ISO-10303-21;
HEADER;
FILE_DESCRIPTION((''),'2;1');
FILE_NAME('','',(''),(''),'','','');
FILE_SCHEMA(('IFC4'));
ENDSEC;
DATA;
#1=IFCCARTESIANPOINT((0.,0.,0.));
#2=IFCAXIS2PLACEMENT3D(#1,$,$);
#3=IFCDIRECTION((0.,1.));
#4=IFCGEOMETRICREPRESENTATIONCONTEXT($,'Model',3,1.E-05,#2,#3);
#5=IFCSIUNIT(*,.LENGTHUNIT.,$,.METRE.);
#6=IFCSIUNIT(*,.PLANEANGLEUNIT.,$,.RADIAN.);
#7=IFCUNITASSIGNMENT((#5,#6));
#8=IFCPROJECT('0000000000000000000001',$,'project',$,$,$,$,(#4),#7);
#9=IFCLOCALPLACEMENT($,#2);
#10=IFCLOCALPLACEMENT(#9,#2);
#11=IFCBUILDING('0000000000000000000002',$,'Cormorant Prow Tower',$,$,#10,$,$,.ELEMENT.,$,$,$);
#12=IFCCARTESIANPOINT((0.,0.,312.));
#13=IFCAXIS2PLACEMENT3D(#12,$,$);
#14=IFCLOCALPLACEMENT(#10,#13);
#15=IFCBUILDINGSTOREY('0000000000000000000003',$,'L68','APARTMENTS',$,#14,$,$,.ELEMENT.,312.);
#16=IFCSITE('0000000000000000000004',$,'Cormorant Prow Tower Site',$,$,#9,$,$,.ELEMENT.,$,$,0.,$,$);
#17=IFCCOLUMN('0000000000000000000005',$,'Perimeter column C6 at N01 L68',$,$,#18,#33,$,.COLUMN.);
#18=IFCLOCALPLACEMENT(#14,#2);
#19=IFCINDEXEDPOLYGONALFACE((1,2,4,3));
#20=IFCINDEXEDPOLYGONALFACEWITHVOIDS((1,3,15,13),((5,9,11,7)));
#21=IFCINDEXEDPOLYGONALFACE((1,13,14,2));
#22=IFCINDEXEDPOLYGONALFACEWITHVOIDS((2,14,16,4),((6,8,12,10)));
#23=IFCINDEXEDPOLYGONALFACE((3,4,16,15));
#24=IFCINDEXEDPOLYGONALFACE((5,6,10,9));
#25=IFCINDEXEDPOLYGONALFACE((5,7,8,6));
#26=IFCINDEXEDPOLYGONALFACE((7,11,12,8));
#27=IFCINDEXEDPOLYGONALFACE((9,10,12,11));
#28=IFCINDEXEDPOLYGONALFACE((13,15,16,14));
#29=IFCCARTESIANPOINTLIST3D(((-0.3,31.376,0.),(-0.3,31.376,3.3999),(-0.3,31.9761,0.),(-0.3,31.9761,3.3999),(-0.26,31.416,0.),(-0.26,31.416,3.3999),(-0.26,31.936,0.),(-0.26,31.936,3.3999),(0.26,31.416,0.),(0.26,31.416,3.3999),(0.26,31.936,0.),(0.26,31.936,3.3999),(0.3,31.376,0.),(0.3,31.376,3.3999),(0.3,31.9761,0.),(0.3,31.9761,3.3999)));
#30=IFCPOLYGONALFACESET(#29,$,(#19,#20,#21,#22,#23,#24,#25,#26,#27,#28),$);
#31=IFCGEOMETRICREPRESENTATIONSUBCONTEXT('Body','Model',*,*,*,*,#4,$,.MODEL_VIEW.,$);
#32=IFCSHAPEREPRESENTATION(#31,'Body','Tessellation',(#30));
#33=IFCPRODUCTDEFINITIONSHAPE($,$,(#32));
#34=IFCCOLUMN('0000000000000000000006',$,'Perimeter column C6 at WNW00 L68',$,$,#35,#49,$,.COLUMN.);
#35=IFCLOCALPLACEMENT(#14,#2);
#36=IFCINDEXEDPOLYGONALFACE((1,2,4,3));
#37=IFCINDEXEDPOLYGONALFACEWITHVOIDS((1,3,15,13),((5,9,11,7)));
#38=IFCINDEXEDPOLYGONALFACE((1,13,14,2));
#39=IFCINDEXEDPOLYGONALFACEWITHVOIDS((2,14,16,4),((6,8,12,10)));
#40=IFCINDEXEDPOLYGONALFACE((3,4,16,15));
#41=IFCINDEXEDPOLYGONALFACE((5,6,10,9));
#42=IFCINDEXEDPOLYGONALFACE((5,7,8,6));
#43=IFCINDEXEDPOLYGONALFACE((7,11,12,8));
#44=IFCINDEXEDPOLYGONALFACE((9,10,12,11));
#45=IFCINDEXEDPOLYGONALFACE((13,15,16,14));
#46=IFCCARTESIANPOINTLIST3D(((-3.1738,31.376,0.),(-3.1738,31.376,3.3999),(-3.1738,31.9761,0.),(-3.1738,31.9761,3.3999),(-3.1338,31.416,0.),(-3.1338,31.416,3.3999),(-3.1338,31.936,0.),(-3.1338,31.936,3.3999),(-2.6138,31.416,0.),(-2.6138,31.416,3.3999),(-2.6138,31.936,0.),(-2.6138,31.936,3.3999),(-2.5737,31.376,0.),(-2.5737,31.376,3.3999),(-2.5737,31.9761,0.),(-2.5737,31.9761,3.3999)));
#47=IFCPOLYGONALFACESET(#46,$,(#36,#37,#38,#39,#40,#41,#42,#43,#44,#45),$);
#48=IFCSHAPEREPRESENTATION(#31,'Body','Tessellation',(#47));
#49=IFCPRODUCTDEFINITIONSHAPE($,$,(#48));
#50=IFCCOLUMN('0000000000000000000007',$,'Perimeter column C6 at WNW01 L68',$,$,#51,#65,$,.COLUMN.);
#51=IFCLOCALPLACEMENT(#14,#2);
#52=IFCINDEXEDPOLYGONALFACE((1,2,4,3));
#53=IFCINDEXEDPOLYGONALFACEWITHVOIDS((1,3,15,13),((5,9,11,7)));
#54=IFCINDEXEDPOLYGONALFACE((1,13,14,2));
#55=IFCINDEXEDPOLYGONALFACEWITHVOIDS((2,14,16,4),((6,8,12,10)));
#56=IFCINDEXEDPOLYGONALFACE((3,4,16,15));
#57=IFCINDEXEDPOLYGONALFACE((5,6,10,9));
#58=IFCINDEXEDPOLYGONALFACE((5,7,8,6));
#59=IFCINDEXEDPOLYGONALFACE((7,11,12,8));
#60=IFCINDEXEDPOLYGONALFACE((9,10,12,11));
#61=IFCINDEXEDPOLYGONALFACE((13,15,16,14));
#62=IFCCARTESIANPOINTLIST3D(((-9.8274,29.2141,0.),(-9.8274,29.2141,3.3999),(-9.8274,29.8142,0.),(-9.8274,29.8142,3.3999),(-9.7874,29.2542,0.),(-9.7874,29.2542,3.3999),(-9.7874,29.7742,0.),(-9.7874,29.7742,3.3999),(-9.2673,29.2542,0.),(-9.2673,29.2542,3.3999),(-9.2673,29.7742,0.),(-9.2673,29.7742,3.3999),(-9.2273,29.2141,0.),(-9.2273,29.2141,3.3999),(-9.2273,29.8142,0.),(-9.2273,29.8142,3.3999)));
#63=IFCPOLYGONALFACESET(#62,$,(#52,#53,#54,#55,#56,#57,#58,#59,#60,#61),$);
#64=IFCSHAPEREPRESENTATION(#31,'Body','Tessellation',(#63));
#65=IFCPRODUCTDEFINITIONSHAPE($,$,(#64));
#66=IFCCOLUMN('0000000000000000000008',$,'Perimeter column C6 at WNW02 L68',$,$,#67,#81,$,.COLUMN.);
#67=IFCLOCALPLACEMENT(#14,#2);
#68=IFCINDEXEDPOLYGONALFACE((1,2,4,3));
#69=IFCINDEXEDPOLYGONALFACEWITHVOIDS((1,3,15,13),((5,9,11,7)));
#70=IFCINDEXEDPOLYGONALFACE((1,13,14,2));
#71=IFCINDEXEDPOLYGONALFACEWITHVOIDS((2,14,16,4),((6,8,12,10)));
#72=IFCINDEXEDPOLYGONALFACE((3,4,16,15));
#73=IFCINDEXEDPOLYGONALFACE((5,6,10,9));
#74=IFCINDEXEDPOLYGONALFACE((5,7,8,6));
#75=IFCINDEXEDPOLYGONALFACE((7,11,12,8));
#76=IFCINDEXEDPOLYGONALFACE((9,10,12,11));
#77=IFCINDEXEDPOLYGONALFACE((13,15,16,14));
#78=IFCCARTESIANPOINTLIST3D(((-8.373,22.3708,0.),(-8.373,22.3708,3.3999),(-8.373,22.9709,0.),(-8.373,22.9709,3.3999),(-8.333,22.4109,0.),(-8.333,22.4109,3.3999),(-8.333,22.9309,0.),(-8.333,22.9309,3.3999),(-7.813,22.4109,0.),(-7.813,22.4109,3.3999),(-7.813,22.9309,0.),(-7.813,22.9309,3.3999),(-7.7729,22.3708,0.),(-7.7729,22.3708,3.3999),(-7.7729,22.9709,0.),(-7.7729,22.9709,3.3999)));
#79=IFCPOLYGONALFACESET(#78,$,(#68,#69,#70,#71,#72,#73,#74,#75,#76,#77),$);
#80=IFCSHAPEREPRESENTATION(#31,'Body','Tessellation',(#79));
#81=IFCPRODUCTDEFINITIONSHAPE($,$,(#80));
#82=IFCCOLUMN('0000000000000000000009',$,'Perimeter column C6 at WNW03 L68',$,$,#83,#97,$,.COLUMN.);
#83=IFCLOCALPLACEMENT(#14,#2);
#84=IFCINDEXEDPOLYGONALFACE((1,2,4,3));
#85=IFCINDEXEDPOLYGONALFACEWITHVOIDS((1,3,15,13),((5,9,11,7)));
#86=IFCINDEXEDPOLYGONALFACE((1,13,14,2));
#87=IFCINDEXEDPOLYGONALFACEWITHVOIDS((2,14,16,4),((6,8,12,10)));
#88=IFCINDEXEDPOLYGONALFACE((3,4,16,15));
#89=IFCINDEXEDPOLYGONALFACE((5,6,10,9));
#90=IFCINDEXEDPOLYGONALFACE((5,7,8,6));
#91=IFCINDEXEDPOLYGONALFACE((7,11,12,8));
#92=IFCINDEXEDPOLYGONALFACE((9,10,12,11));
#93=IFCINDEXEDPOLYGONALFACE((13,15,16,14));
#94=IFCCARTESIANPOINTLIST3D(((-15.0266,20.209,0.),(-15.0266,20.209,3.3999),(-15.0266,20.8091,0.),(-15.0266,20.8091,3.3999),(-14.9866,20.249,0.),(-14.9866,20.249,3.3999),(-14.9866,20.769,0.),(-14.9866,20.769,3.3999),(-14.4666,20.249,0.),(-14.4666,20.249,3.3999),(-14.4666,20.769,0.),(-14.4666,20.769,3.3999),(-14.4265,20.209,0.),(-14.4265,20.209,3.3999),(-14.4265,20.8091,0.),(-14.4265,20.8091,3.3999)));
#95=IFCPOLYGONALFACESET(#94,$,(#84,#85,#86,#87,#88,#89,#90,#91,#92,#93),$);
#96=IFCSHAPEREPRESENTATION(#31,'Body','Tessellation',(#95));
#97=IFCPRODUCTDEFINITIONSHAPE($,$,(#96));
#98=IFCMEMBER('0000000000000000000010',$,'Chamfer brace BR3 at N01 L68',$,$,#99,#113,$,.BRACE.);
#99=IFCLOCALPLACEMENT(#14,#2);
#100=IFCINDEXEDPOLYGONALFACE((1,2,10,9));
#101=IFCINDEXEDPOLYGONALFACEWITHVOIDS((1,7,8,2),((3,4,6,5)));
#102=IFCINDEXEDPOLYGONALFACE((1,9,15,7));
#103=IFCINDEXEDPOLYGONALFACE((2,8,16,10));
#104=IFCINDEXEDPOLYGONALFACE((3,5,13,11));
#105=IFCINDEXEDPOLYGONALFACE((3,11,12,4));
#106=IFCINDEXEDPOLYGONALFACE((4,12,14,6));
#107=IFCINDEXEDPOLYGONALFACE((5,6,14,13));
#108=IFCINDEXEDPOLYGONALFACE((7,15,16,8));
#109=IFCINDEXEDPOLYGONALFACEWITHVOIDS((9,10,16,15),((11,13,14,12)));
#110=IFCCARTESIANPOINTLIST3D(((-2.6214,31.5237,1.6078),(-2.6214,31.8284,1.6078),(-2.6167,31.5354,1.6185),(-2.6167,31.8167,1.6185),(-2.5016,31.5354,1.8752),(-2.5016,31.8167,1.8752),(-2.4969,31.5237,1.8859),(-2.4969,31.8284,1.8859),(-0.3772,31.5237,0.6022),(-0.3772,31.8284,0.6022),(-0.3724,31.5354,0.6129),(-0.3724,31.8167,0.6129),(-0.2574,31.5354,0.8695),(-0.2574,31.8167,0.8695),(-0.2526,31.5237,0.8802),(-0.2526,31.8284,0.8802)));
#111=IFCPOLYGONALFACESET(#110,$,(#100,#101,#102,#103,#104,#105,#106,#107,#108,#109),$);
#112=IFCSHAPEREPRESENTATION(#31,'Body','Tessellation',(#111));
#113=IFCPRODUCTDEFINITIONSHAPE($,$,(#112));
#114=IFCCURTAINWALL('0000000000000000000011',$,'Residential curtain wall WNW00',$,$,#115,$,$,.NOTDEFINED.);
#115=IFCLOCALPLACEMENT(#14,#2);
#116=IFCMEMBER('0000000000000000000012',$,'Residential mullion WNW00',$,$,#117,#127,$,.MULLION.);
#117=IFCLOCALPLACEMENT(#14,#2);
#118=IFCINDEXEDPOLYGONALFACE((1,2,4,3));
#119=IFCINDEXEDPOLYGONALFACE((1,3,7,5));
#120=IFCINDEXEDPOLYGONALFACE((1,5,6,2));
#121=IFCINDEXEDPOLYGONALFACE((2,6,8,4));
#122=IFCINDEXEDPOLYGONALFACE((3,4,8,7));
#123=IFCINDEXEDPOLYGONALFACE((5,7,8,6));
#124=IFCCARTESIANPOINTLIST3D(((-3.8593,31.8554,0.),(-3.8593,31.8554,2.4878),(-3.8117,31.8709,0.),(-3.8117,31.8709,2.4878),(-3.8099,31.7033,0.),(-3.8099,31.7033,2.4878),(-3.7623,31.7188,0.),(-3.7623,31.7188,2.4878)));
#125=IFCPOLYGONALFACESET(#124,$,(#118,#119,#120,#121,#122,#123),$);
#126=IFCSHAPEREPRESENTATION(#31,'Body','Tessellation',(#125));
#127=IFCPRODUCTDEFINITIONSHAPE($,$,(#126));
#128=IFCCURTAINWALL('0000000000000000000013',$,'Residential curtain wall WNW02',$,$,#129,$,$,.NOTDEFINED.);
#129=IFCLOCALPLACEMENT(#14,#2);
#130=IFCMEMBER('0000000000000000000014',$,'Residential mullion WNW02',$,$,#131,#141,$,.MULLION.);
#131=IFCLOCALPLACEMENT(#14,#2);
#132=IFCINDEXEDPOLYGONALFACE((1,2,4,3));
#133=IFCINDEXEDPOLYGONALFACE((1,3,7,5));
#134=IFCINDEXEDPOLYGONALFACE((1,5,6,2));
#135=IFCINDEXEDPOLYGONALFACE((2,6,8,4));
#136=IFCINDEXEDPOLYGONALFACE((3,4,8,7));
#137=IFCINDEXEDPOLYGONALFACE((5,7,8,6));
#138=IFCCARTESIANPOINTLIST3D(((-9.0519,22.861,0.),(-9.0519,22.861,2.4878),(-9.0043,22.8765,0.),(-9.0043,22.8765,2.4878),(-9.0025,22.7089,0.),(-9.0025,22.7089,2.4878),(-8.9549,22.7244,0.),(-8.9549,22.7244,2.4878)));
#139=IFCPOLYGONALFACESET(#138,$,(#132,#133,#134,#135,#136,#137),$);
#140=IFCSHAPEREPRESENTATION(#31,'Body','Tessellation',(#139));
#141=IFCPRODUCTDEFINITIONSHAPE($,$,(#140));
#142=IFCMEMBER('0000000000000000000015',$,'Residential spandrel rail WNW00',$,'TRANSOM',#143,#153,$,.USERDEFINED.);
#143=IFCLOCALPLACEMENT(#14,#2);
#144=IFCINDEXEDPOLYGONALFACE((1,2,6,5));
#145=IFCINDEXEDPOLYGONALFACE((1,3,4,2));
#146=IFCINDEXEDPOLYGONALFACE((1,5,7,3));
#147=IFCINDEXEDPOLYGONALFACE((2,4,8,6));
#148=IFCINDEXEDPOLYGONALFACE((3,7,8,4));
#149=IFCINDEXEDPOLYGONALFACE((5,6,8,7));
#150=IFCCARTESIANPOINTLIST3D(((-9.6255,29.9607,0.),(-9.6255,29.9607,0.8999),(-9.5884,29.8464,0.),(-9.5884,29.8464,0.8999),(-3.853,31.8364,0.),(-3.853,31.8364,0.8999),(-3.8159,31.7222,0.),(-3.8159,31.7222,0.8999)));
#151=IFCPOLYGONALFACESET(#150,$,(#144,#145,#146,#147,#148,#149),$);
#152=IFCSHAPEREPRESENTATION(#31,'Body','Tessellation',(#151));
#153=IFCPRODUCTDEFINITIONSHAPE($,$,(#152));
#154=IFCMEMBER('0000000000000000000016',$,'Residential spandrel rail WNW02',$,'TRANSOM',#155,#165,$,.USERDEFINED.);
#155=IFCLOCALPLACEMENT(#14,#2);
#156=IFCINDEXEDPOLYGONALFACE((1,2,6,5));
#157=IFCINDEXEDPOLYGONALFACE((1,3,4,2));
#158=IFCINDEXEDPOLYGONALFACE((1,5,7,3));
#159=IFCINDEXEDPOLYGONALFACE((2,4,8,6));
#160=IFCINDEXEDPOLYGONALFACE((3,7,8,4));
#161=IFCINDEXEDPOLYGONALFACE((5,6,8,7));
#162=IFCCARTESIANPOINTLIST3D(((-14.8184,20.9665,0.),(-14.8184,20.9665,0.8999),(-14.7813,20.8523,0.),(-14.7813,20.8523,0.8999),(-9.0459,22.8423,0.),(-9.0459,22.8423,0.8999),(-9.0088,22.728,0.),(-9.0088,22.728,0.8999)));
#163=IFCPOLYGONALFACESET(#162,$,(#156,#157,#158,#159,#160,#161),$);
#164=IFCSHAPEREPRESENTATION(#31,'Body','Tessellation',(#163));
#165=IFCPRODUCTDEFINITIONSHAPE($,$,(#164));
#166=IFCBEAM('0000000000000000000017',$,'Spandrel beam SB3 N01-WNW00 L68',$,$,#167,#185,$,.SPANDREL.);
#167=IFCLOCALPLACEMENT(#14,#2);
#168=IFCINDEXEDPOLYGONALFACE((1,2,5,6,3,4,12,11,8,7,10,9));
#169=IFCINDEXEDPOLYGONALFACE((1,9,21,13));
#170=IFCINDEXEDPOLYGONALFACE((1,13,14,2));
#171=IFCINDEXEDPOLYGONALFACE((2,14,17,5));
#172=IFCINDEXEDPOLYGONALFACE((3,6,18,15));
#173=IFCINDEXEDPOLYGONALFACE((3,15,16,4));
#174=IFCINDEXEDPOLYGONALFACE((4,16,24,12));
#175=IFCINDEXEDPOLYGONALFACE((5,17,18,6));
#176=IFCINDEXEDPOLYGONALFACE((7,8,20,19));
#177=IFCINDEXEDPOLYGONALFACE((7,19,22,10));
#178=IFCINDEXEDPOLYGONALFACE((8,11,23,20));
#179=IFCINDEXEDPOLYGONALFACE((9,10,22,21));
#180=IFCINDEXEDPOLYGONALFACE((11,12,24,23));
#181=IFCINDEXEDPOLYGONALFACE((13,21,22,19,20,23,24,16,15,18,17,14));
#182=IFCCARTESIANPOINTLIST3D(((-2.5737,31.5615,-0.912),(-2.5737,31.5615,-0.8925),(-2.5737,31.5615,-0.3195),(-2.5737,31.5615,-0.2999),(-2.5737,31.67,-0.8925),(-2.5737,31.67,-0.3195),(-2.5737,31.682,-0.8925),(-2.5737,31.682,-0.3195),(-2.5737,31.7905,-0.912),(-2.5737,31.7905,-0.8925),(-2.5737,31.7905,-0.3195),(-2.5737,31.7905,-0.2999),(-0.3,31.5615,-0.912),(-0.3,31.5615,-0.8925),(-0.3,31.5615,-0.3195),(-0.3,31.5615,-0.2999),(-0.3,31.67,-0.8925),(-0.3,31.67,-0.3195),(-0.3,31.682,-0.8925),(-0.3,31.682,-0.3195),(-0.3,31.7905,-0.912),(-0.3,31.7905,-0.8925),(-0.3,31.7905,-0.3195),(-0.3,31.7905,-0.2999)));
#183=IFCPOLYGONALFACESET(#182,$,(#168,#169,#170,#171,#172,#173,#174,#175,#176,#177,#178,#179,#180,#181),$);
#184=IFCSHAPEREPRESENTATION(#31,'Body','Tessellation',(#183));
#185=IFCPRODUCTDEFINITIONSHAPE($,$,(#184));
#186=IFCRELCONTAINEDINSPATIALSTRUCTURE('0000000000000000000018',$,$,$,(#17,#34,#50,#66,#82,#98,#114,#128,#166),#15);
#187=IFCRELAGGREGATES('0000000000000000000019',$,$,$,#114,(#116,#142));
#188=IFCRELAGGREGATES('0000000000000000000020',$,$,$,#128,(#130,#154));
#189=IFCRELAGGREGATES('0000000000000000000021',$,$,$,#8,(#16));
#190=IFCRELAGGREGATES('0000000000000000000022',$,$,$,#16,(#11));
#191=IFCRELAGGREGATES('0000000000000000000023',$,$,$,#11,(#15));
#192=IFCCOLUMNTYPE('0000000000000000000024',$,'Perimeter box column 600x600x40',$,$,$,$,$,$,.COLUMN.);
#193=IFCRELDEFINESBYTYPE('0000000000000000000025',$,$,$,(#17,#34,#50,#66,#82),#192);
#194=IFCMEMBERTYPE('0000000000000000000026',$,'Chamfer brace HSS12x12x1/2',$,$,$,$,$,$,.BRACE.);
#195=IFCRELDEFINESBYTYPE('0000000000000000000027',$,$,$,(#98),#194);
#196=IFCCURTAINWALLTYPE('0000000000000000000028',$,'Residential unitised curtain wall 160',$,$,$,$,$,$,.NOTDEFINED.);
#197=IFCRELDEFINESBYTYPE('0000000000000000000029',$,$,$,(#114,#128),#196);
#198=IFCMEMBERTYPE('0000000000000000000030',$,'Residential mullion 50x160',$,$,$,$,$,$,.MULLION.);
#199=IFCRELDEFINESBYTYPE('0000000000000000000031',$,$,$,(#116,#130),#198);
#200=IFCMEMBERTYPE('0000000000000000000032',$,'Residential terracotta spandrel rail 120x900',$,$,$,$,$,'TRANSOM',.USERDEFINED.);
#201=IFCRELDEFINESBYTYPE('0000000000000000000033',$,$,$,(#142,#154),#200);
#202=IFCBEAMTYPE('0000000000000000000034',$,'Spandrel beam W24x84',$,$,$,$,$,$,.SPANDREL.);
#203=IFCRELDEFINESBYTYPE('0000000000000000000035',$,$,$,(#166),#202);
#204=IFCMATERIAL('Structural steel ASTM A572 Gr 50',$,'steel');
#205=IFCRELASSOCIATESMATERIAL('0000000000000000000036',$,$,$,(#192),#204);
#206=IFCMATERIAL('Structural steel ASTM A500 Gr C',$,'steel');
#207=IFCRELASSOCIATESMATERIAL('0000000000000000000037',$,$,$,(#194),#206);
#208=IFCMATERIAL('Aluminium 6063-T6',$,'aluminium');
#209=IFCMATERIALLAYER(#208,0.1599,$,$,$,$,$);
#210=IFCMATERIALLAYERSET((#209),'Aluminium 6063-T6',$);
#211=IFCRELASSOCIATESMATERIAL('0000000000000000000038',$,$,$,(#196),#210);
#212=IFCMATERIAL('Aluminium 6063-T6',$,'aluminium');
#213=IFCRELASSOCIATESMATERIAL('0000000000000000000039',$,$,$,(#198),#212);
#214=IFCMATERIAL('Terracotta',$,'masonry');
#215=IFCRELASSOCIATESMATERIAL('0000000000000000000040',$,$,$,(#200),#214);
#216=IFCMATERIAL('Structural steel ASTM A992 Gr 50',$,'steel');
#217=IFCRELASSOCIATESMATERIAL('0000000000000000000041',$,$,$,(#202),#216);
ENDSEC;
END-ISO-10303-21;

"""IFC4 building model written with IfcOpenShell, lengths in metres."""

from ifc_helpers import new_model, si_unit, direction, frame, origin, origin_2d, place, context, subcontext, project, spatial, rectangle, hollow_rectangle, i_section, extrude, material, layer, layer_set, material_profile, profile_set, type_object, element, aggregate, save


model = new_model("IFC4")

# Units and contexts
model_context = context("Model", 3, precision=1e-05, world=origin(), true_north=direction((0.0, 1.0)))
body_context = subcontext(model_context, "Body", "Model", "MODEL_VIEW")
ifc_project = project(units=[si_unit("LENGTHUNIT", "METRE"), si_unit("PLANEANGLEUNIT", "RADIAN")], contexts=[model_context])

# Site, building, storey
site_placement = place(None, origin())
site = spatial("IfcSite", under=ifc_project, at=site_placement, Name="Cormorant Prow Tower Site", CompositionType="ELEMENT", RefElevation=0.0)
building_placement = place(site_placement, origin())
building = spatial("IfcBuilding", under=site, at=building_placement, Name="Cormorant Prow Tower", CompositionType="ELEMENT")
storey_placement = place(building_placement, frame((0.0, 0.0, 312.0)))
storey = spatial("IfcBuildingStorey", under=building, at=storey_placement, Name="L68", Description="APARTMENTS", CompositionType="ELEMENT", Elevation=312.0)

# Columns
ifc_material_1 = material(Name="Structural steel ASTM A572 Gr 50", Category="steel")
ifc_material_profile_1 = material_profile(ifc_material_1, hollow_rectangle(XDim=0.6001, YDim=0.6001, WallThickness=0.04, at=origin_2d()), Name="Box 600x600x40")
ifc_profile_set_1 = profile_set([ifc_material_profile_1], Name="Structural steel ASTM A572 Gr 50")
column_type = type_object("IfcColumnType", Name="Perimeter box column 600x600x40", PredefinedType="COLUMN", material=ifc_profile_set_1)
for number, where, z_axis, x_axis, name in (
    (1, (0.0, 31.676, 0.0), (0.0, 0.0, 1.0), (1.0, 0.0, 0.0), "Perimeter column C6 at N01 L68"),
    (2, (-2.8738, 31.676, 0.0), (0.0, 0.0, 1.0), (1.0, 0.0, 0.0), "Perimeter column C6 at WNW00 L68"),
    (3, (-9.5273, 29.5142, 0.0), (0.0, 0.0, 1.0), (1.0, 0.0, 0.0), "Perimeter column C6 at WNW01 L68"),
    (4, (-8.073, 22.6709, 0.0), (0.0, 0.0, 1.0), (1.0, 0.0, 0.0), "Perimeter column C6 at WNW02 L68"),
    (5, (-14.7266, 20.509, 0.0), (0.0, 0.0, 1.0), (1.0, 0.0, 0.0), "Perimeter column C6 at WNW03 L68"),
):
    element("IfcColumn", number, at=place(storey_placement, frame(where, z_axis=z_axis, x_axis=x_axis)), inside=storey, type_object=column_type, Name=name, PredefinedType="COLUMN", context=body_context, shape_type="SweptSolid", body=[
        extrude(hollow_rectangle(XDim=0.6001, YDim=0.6001, WallThickness=0.04, at=origin_2d()), origin(), (0.0, 0.0, 1.0), 3.3999),
    ])

# Member
ifc_material_2 = material(Name="Structural steel ASTM A500 Gr C", Category="steel")
ifc_material_profile_2 = material_profile(ifc_material_2, hollow_rectangle(XDim=0.3047, YDim=0.3047, WallThickness=0.0117, at=origin_2d()), Name="HSS12x12x1/2")
ifc_profile_set_2 = profile_set([ifc_material_profile_2], Name="Structural steel ASTM A500 Gr C")
member_type_1 = type_object("IfcMemberType", Name="Chamfer brace HSS12x12x1/2", PredefinedType="BRACE", material=ifc_profile_set_2)
member_1_placement = place(storey_placement, frame((-0.3149, 31.676, 0.7412), z_axis=(-0.912567, 0.0, 0.408928), x_axis=(0.0, -1.0, 0.0)))
element("IfcMember", 6, at=member_1_placement, inside=storey, type_object=member_type_1, Name="Chamfer brace BR3 at N01 L68", PredefinedType="BRACE", context=body_context, shape_type="SweptSolid", body=[
    extrude(hollow_rectangle(XDim=0.3047, YDim=0.3047, WallThickness=0.0117, at=origin_2d()), origin(), (0.0, 0.0, 1.0), 2.4592),
])

# Curtain walls, members
ifc_material_3 = material(Name="Aluminium 6063-T6", Category="aluminium")
ifc_layer_1 = layer(ifc_material_3, 0.1599)
ifc_layer_set_1 = layer_set([ifc_layer_1], Name="Aluminium 6063-T6")
curtain_wall_type = type_object("IfcCurtainWallType", Name="Residential unitised curtain wall 160", PredefinedType="NOTDEFINED", material=ifc_layer_set_1)
curtain_wall_1_placement = place(storey_placement, origin())
curtain_wall_1 = element("IfcCurtainWall", 7, at=curtain_wall_1_placement, inside=storey, type_object=curtain_wall_type, Name="Residential curtain wall WNW00", PredefinedType="NOTDEFINED")
ifc_material_4 = material(Name="Aluminium 6063-T6", Category="aluminium")
ifc_material_profile_3 = material_profile(ifc_material_4, rectangle(XDim=0.1599, YDim=0.05, at=origin_2d()), Name="Residential mullion 50x160")
ifc_profile_set_3 = profile_set([ifc_material_profile_3], Name="Aluminium 6063-T6")
member_type_2 = type_object("IfcMemberType", Name="Residential mullion 50x160", PredefinedType="MULLION", material=ifc_profile_set_3)
member_2_placement = place(storey_placement, frame((-3.8108, 31.7871, 0.0), z_axis=(0.0, 0.0, 1.0), x_axis=(0.309017, -0.951057, 0.0)))
member_2 = element("IfcMember", 8, at=member_2_placement, type_object=member_type_2, Name="Residential mullion WNW00", PredefinedType="MULLION", context=body_context, shape_type="SweptSolid", body=[
    extrude(rectangle(XDim=0.1599, YDim=0.05, at=origin_2d()), origin(), (0.0, 0.0, 1.0), 2.4878),
])
curtain_wall_2_placement = place(storey_placement, origin())
curtain_wall_2 = element("IfcCurtainWall", 9, at=curtain_wall_2_placement, inside=storey, type_object=curtain_wall_type, Name="Residential curtain wall WNW02", PredefinedType="NOTDEFINED")
member_3_placement = place(storey_placement, frame((-9.0034, 22.7927, 0.0), z_axis=(0.0, 0.0, 1.0), x_axis=(0.309017, -0.951057, 0.0)))
member_3 = element("IfcMember", 10, at=member_3_placement, type_object=member_type_2, Name="Residential mullion WNW02", PredefinedType="MULLION", context=body_context, shape_type="SweptSolid", body=[
    extrude(rectangle(XDim=0.1599, YDim=0.05, at=origin_2d()), origin(), (0.0, 0.0, 1.0), 2.4878),
])

# Members
ifc_material_5 = material(Name="Terracotta", Category="masonry")
ifc_material_profile_4 = material_profile(ifc_material_5, rectangle(XDim=0.1201, YDim=0.8999, at=origin_2d()), Name="Residential terracotta spandrel rail 120x900")
ifc_profile_set_4 = profile_set([ifc_material_profile_4], Name="Terracotta")
member_type_3 = type_object("IfcMemberType", Name="Residential terracotta spandrel rail 120x900", ElementType="TRANSOM", PredefinedType="USERDEFINED", material=ifc_profile_set_4)
member_4_placement = place(storey_placement, frame((-3.8345, 31.7793, 0.45), z_axis=(-0.951049, -0.309039, 0.0), x_axis=(0.309039, -0.951049, 0.0)))
member_4 = element("IfcMember", 11, at=member_4_placement, type_object=member_type_3, Name="Residential spandrel rail WNW00", ObjectType="TRANSOM", PredefinedType="USERDEFINED", context=body_context, shape_type="SweptSolid", body=[
    extrude(rectangle(XDim=0.1201, YDim=0.8999, at=origin_2d()), origin(), (0.0, 0.0, 1.0), 6.0696),
])
member_5_placement = place(storey_placement, frame((-9.0273, 22.7852, 0.45), z_axis=(-0.951049, -0.309039, 0.0), x_axis=(0.309039, -0.951049, 0.0)))
member_5 = element("IfcMember", 12, at=member_5_placement, type_object=member_type_3, Name="Residential spandrel rail WNW02", ObjectType="TRANSOM", PredefinedType="USERDEFINED", context=body_context, shape_type="SweptSolid", body=[
    extrude(rectangle(XDim=0.1201, YDim=0.8999, at=origin_2d()), origin(), (0.0, 0.0, 1.0), 6.0696),
])

# Beam
ifc_material_6 = material(Name="Structural steel ASTM A992 Gr 50", Category="steel")
ifc_material_profile_5 = material_profile(ifc_material_6, i_section(OverallWidth=0.229, OverallDepth=0.6121, WebThickness=0.012, FlangeThickness=0.0195, at=origin_2d()), Name="W24x84")
ifc_profile_set_5 = profile_set([ifc_material_profile_5], Name="Structural steel ASTM A992 Gr 50")
beam_type = type_object("IfcBeamType", Name="Spandrel beam W24x84", PredefinedType="SPANDREL", material=ifc_profile_set_5)
beam_1_placement = place(storey_placement, frame((-0.3, 31.676, -0.606), z_axis=(-1.0, 0.0, 0.0), x_axis=(0.0, -1.0, 0.0)))
element("IfcBeam", 13, at=beam_1_placement, inside=storey, type_object=beam_type, Name="Spandrel beam SB3 N01-WNW00 L68", PredefinedType="SPANDREL", context=body_context, shape_type="SweptSolid", body=[
    extrude(i_section(OverallWidth=0.229, OverallDepth=0.6121, WebThickness=0.012, FlangeThickness=0.0195, at=origin_2d()), origin(), (0.0, 0.0, 1.0), 2.2737),
])

aggregate(curtain_wall_1, [member_2, member_4])
aggregate(curtain_wall_2, [member_3, member_5])

save(model, "model.ifc")
